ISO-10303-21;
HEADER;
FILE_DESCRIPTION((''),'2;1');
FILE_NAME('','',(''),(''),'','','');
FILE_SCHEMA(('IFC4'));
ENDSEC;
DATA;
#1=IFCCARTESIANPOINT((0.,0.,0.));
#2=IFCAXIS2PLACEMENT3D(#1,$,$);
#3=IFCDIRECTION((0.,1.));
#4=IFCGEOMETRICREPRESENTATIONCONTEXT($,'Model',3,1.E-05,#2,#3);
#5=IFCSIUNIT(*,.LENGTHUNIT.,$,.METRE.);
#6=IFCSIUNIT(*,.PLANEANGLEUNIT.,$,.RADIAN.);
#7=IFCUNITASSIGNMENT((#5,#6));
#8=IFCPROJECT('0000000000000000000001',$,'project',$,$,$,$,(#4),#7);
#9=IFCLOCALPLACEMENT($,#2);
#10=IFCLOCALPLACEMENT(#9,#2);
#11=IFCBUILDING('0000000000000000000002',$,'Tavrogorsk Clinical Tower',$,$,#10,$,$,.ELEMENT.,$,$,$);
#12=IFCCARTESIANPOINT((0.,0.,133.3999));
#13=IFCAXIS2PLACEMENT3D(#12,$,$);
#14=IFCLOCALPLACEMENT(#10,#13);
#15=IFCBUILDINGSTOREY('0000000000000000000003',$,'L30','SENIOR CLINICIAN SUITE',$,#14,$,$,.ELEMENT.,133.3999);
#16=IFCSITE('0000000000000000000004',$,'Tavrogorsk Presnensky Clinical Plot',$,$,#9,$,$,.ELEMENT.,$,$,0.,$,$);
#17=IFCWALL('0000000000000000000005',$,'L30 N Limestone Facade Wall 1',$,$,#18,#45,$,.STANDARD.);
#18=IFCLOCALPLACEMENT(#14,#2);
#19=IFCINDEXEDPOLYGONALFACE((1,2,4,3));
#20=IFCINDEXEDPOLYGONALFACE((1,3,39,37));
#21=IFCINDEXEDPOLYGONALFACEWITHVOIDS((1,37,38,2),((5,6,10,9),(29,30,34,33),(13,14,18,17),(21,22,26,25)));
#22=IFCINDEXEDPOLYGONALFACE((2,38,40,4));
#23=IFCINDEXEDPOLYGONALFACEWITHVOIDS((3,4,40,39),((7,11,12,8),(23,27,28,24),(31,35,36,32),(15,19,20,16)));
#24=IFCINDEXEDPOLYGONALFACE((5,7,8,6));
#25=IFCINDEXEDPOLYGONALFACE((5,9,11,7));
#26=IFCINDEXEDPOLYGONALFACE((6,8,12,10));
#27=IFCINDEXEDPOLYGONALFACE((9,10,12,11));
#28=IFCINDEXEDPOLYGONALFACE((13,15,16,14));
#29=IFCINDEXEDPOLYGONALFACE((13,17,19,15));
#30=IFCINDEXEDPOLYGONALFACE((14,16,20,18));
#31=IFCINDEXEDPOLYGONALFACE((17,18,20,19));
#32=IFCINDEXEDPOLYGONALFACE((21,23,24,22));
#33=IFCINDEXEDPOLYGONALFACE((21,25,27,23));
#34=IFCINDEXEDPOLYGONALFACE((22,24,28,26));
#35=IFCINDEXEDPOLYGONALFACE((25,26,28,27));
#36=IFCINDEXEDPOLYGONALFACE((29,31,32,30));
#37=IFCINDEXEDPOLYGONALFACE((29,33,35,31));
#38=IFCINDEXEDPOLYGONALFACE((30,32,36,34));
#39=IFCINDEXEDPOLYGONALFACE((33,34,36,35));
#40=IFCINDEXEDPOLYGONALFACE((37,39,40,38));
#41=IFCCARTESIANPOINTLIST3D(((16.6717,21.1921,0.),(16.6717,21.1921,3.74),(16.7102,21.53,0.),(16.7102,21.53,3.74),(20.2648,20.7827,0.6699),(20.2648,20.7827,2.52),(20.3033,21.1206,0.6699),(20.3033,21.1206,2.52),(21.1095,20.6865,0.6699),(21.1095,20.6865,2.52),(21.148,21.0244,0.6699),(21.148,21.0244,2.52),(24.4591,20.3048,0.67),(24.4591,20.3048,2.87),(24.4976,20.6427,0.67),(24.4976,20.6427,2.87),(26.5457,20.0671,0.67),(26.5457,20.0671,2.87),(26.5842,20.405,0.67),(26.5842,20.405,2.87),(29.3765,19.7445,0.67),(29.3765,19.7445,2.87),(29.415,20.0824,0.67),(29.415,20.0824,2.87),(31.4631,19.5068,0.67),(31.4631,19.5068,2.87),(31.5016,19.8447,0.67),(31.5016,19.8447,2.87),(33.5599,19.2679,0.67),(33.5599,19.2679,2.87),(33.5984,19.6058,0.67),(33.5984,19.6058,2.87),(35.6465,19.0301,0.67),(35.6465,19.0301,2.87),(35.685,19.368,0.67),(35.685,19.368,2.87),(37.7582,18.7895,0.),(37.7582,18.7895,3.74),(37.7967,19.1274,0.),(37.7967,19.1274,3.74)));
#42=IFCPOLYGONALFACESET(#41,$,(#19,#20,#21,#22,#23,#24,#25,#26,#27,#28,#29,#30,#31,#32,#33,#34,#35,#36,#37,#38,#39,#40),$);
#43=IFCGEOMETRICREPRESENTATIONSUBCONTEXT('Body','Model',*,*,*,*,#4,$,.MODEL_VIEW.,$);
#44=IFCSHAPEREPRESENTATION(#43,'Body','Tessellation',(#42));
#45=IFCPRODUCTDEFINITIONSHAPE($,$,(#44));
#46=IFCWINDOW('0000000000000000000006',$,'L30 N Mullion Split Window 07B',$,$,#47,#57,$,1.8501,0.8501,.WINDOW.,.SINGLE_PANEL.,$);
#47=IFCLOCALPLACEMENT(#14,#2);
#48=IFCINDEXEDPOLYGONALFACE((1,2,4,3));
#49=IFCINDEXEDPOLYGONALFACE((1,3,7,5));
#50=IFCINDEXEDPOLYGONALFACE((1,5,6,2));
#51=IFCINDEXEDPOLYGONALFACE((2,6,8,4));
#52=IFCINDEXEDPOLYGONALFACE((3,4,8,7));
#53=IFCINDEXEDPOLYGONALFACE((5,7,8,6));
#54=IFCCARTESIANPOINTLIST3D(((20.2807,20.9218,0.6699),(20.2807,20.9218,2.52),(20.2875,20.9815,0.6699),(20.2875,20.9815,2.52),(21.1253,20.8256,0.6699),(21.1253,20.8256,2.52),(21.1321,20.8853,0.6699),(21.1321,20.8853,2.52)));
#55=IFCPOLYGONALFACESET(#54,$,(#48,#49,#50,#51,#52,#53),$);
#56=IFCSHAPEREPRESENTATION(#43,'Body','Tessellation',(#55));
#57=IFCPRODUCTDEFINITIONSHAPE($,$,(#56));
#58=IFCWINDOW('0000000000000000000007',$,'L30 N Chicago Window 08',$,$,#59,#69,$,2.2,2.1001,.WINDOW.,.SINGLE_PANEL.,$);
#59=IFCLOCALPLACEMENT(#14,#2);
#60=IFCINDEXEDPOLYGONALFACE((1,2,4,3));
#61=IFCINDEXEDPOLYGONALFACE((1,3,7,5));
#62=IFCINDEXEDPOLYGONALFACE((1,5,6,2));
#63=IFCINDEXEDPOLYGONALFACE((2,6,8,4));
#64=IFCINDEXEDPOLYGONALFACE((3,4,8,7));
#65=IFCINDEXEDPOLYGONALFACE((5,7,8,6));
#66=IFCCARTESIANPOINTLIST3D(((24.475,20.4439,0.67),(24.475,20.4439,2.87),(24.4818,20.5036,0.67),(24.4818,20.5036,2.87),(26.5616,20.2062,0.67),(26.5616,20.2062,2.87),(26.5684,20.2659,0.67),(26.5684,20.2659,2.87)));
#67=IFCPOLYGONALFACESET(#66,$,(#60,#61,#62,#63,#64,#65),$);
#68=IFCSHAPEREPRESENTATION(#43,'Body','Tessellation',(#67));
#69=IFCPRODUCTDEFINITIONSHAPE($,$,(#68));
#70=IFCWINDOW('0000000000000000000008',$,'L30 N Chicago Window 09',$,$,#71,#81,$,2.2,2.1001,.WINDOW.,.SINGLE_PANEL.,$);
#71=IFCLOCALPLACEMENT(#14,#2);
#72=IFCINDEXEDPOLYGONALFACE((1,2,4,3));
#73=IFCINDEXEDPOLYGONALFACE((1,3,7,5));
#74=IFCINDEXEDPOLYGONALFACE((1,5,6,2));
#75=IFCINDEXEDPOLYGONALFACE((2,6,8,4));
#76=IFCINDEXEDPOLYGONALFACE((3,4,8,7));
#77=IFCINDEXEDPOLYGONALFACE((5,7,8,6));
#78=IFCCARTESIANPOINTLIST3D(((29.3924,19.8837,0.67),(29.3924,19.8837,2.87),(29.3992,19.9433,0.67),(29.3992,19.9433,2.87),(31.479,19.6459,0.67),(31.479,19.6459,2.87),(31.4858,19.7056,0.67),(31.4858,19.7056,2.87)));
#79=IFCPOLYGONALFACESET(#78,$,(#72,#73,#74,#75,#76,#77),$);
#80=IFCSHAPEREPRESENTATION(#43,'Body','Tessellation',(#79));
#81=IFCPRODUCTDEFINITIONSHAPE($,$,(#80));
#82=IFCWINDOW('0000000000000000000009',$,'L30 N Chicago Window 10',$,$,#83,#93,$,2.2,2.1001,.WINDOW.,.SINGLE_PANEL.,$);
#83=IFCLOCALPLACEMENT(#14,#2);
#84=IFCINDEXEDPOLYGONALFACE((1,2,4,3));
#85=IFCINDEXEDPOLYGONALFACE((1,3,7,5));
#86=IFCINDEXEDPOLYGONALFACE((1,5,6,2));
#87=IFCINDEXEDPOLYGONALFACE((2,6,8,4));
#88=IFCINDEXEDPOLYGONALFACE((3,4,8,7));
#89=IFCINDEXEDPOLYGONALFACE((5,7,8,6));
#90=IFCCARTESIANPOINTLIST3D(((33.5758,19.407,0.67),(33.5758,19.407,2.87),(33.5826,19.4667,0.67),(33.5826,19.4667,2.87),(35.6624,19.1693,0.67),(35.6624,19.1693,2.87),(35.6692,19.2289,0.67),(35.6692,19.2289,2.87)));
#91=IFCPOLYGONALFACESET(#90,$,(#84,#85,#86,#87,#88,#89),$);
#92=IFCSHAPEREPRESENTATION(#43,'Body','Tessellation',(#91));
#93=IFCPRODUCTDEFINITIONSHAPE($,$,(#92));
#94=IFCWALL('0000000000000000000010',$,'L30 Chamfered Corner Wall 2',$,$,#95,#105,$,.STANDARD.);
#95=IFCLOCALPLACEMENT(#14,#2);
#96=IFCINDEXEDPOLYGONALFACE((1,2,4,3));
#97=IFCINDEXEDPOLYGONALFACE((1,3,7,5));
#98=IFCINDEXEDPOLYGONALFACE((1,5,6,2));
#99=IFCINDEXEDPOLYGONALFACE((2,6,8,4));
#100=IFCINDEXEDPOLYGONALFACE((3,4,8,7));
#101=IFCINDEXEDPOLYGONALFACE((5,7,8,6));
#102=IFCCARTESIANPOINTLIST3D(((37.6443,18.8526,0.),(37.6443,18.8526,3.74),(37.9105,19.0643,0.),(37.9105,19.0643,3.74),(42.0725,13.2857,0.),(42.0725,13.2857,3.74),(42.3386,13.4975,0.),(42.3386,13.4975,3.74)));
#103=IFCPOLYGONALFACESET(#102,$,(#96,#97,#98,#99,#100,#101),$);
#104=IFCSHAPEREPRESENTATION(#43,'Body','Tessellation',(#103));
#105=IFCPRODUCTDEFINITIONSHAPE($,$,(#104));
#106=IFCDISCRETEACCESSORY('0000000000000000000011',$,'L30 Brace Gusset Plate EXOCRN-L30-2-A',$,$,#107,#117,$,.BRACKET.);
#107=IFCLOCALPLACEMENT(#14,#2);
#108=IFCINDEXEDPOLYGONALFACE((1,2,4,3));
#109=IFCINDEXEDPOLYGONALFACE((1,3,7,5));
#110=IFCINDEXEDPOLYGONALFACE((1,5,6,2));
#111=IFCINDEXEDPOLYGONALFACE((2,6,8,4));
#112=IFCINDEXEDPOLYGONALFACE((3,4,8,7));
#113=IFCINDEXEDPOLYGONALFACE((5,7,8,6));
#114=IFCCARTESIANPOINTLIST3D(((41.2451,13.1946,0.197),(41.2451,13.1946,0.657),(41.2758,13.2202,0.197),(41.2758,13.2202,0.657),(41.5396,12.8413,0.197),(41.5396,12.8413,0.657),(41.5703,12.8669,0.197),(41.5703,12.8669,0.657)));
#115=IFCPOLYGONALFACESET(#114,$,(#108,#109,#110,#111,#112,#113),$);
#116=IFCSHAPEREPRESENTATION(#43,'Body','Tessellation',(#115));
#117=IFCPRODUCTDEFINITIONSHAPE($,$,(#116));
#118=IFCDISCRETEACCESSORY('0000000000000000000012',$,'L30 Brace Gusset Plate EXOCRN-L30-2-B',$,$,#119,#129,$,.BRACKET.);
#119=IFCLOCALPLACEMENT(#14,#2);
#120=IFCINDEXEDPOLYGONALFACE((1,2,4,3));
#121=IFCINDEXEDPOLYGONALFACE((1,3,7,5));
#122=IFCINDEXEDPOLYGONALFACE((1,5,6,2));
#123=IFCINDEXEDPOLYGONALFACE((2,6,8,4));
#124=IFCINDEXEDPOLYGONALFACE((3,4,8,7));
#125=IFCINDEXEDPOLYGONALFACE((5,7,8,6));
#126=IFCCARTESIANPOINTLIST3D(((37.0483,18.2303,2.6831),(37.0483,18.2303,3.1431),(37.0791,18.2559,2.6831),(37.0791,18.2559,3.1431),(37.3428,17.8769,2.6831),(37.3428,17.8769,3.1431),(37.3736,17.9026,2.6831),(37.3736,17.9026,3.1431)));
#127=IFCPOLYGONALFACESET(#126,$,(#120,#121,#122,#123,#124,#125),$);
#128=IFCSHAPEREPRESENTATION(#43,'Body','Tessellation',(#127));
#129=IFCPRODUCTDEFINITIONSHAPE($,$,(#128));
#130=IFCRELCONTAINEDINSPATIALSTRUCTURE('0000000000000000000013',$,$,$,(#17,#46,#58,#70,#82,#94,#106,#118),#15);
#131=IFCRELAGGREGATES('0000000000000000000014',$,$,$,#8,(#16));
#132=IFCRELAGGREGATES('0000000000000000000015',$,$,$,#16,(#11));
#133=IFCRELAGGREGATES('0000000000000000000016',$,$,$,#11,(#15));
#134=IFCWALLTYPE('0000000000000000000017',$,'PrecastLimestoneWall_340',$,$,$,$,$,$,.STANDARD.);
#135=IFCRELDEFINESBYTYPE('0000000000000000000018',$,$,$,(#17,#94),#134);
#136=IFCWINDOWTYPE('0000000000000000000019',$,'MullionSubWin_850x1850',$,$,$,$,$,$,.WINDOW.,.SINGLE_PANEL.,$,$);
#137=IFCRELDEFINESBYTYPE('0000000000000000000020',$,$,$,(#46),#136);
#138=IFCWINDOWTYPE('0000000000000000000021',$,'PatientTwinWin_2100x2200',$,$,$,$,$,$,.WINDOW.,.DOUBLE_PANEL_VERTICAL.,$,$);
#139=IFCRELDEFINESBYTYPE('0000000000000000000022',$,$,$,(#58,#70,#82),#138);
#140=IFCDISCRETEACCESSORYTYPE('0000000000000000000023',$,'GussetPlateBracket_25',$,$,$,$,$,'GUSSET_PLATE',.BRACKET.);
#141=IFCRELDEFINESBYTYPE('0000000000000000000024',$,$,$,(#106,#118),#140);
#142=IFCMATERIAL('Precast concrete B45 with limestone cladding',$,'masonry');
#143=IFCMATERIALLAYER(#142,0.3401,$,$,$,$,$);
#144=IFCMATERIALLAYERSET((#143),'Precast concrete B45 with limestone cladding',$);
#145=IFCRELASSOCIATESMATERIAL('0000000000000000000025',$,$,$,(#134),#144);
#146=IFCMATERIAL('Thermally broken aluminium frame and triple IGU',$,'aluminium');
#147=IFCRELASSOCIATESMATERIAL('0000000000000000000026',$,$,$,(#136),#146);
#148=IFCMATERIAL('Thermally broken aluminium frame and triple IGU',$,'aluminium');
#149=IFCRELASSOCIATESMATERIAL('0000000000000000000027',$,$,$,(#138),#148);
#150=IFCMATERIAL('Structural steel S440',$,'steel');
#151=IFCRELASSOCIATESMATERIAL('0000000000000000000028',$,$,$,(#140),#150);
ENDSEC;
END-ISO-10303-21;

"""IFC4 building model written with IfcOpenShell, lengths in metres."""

from ifc_helpers import new_model, si_unit, direction, frame, frame_2d, origin, origin_2d, place, context, subcontext, project, spatial, rectangle, extrude, material, layer, layer_set, type_object, element, fill, save


model = new_model("IFC4")

# Units and contexts
model_context = context("Model", 3, precision=1e-05, world=origin(), true_north=direction((0.0, 1.0)))
body_context = subcontext(model_context, "Body", "Model", "MODEL_VIEW")
ifc_project = project(units=[si_unit("LENGTHUNIT", "METRE"), si_unit("PLANEANGLEUNIT", "RADIAN")], contexts=[model_context])

# Site, building, storey
site_placement = place(None, origin())
site = spatial("IfcSite", under=ifc_project, at=site_placement, Name="Tavrogorsk Presnensky Clinical Plot", CompositionType="ELEMENT", RefElevation=0.0)
building_placement = place(site_placement, origin())
building = spatial("IfcBuilding", under=site, at=building_placement, Name="Tavrogorsk Clinical Tower", CompositionType="ELEMENT")
storey_placement = place(building_placement, frame((0.0, 0.0, 133.3999)))
storey = spatial("IfcBuildingStorey", under=building, at=storey_placement, Name="L30", Description="SENIOR CLINICIAN SUITE", CompositionType="ELEMENT", Elevation=133.3999)

# Wall, openings, windows
ifc_material_1 = material(Name="Precast concrete B45 with limestone cladding", Category="masonry")
ifc_layer_1 = layer(ifc_material_1, 0.3401)
ifc_layer_set_1 = layer_set([ifc_layer_1], Name="Precast concrete B45 with limestone cladding")
wall_type_1 = type_object("IfcWallType", Name="PrecastLimestoneWall_340", PredefinedType="STANDARD", material=ifc_layer_set_1)
wall_1_placement = place(storey_placement, frame((37.7773, 18.9585, 0.0), z_axis=(0.0, 0.0, 1.0), x_axis=(-0.993571, 0.113208, 0.0)))
wall_1 = element("IfcWall", 1, at=wall_1_placement, inside=storey, type_object=wall_type_1, Name="L30 N Limestone Facade Wall 1", PredefinedType="STANDARD", context=body_context, shape_type="SweptSolid", body=[
    extrude(rectangle(XDim=21.2229, YDim=0.3401, at=frame_2d((10.6113, 0.0))), origin(), (0.0, 0.0, 1.0), 3.74),
])
opening_1_placement = place(wall_1_placement, frame((16.7563, 0.0, 0.6699)))
opening_1 = element("IfcOpeningElement", 2, at=opening_1_placement, cuts=wall_1, PredefinedType="OPENING", context=body_context, shape_type="SweptSolid", body=[
    extrude(rectangle(XDim=0.8501, YDim=1.8501, at=frame_2d((0.425, 0.925))), frame((0.0, 0.1799, 0.0), z_axis=(0.0, -1.0, 0.0), x_axis=(1.0, 0.0, 0.0)), (0.0, 0.0, 1.0), 0.3601),
])
opening_2_placement = place(wall_1_placement, frame((11.2849, 0.0, 0.6699)))
opening_2 = element("IfcOpeningElement", 3, at=opening_2_placement, cuts=wall_1, PredefinedType="OPENING", context=body_context, shape_type="SweptSolid", body=[
    extrude(rectangle(XDim=2.1001, YDim=2.2, at=frame_2d((1.05, 1.1001))), frame((0.0, 0.1799, 0.0), z_axis=(0.0, -1.0, 0.0), x_axis=(1.0, 0.0, 0.0)), (0.0, 0.0, 1.0), 0.3601),
])
opening_3_placement = place(wall_1_placement, frame((6.3357, 0.0, 0.6699)))
opening_3 = element("IfcOpeningElement", 4, at=opening_3_placement, cuts=wall_1, PredefinedType="OPENING", context=body_context, shape_type="SweptSolid", body=[
    extrude(rectangle(XDim=2.1001, YDim=2.2, at=frame_2d((1.05, 1.1001))), frame((0.0, 0.1799, 0.0), z_axis=(0.0, -1.0, 0.0), x_axis=(1.0, 0.0, 0.0)), (0.0, 0.0, 1.0), 0.3601),
])
opening_4_placement = place(wall_1_placement, frame((2.1252, 0.0, 0.6699)))
opening_4 = element("IfcOpeningElement", 5, at=opening_4_placement, cuts=wall_1, PredefinedType="OPENING", context=body_context, shape_type="SweptSolid", body=[
    extrude(rectangle(XDim=2.1001, YDim=2.2, at=frame_2d((1.05, 1.1001))), frame((0.0, 0.1799, 0.0), z_axis=(0.0, -1.0, 0.0), x_axis=(1.0, 0.0, 0.0)), (0.0, 0.0, 1.0), 0.3601),
])
ifc_material_2 = material(Name="Thermally broken aluminium frame and triple IGU", Category="aluminium")
window_type_1 = type_object("IfcWindowType", Name="MullionSubWin_850x1850", PartitioningType="SINGLE_PANEL", PredefinedType="WINDOW", material=ifc_material_2)
window_1_placement = place(opening_1_placement, origin())
window_1 = element("IfcWindow", 6, at=window_1_placement, inside=storey, type_object=window_type_1, Name="L30 N Mullion Split Window 07B", OverallHeight=1.8501, OverallWidth=0.8501, PartitioningType="SINGLE_PANEL", PredefinedType="WINDOW", context=body_context, shape_type="SweptSolid", body=[
    extrude(rectangle(XDim=0.8501, YDim=1.8501, at=frame_2d((0.425, 0.925))), frame((0.0, 0.03, 0.0), z_axis=(0.0, -1.0, 0.0), x_axis=(1.0, 0.0, 0.0)), (0.0, 0.0, 1.0), 0.0601),
])
fill(opening_1, window_1)
ifc_material_3 = material(Name="Thermally broken aluminium frame and triple IGU", Category="aluminium")
window_type_2 = type_object("IfcWindowType", Name="PatientTwinWin_2100x2200", PartitioningType="DOUBLE_PANEL_VERTICAL", PredefinedType="WINDOW", material=ifc_material_3)
window_2_placement = place(opening_2_placement, origin())
window_2 = element("IfcWindow", 7, at=window_2_placement, inside=storey, type_object=window_type_2, Name="L30 N Chicago Window 08", OverallHeight=2.2, OverallWidth=2.1001, PartitioningType="SINGLE_PANEL", PredefinedType="WINDOW", context=body_context, shape_type="SweptSolid", body=[
    extrude(rectangle(XDim=2.1001, YDim=2.2, at=frame_2d((1.05, 1.1001))), frame((0.0, 0.03, 0.0), z_axis=(0.0, -1.0, 0.0), x_axis=(1.0, 0.0, 0.0)), (0.0, 0.0, 1.0), 0.0601),
])
fill(opening_2, window_2)
window_3_placement = place(opening_3_placement, origin())
window_3 = element("IfcWindow", 8, at=window_3_placement, inside=storey, type_object=window_type_2, Name="L30 N Chicago Window 09", OverallHeight=2.2, OverallWidth=2.1001, PartitioningType="SINGLE_PANEL", PredefinedType="WINDOW", context=body_context, shape_type="SweptSolid", body=[
    extrude(rectangle(XDim=2.1001, YDim=2.2, at=frame_2d((1.05, 1.1001))), frame((0.0, 0.03, 0.0), z_axis=(0.0, -1.0, 0.0), x_axis=(1.0, 0.0, 0.0)), (0.0, 0.0, 1.0), 0.0601),
])
fill(opening_3, window_3)
window_4_placement = place(opening_4_placement, origin())
window_4 = element("IfcWindow", 9, at=window_4_placement, inside=storey, type_object=window_type_2, Name="L30 N Chicago Window 10", OverallHeight=2.2, OverallWidth=2.1001, PartitioningType="SINGLE_PANEL", PredefinedType="WINDOW", context=body_context, shape_type="SweptSolid", body=[
    extrude(rectangle(XDim=2.1001, YDim=2.2, at=frame_2d((1.05, 1.1001))), frame((0.0, 0.03, 0.0), z_axis=(0.0, -1.0, 0.0), x_axis=(1.0, 0.0, 0.0)), (0.0, 0.0, 1.0), 0.0601),
])
fill(opening_4, window_4)

# Wall
wall_2_placement = place(storey_placement, frame((42.2056, 13.3916, 0.0), z_axis=(0.0, 0.0, 1.0), x_axis=(-0.622525, 0.7826, 0.0)))
element("IfcWall", 10, at=wall_2_placement, inside=storey, type_object=wall_type_1, Name="L30 Chamfered Corner Wall 2", PredefinedType="STANDARD", context=body_context, shape_type="SweptSolid", body=[
    extrude(rectangle(XDim=7.1133, YDim=0.3401, at=frame_2d((3.5566, 0.0))), origin(), (0.0, 0.0, 1.0), 3.74),
])

# Discrete accessories
ifc_material_4 = material(Name="Structural steel S440", Category="steel")
discrete_accessory_type = type_object("IfcDiscreteAccessoryType", Name="GussetPlateBracket_25", ElementType="GUSSET_PLATE", PredefinedType="BRACKET", material=ifc_material_4)
for number, where, z_axis, x_axis, name in (
    (11, (41.4077, 13.0308, 0.197), (0.0, 0.0, 1.0), (-0.640244, 0.768172, 0.0), "L30 Brace Gusset Plate EXOCRN-L30-2-A"),
    (12, (37.2109, 18.0664, 2.6831), (0.0, 0.0, 1.0), (-0.640244, 0.768172, 0.0), "L30 Brace Gusset Plate EXOCRN-L30-2-B"),
):
    element("IfcDiscreteAccessory", number, at=place(storey_placement, frame(where, z_axis=z_axis, x_axis=x_axis)), inside=storey, type_object=discrete_accessory_type, Name=name, PredefinedType="BRACKET", context=body_context, shape_type="SweptSolid", body=[
        extrude(rectangle(XDim=0.46, YDim=0.04, at=origin_2d()), origin(), (0.0, 0.0, 1.0), 0.46),
    ])

save(model, "model.ifc")
